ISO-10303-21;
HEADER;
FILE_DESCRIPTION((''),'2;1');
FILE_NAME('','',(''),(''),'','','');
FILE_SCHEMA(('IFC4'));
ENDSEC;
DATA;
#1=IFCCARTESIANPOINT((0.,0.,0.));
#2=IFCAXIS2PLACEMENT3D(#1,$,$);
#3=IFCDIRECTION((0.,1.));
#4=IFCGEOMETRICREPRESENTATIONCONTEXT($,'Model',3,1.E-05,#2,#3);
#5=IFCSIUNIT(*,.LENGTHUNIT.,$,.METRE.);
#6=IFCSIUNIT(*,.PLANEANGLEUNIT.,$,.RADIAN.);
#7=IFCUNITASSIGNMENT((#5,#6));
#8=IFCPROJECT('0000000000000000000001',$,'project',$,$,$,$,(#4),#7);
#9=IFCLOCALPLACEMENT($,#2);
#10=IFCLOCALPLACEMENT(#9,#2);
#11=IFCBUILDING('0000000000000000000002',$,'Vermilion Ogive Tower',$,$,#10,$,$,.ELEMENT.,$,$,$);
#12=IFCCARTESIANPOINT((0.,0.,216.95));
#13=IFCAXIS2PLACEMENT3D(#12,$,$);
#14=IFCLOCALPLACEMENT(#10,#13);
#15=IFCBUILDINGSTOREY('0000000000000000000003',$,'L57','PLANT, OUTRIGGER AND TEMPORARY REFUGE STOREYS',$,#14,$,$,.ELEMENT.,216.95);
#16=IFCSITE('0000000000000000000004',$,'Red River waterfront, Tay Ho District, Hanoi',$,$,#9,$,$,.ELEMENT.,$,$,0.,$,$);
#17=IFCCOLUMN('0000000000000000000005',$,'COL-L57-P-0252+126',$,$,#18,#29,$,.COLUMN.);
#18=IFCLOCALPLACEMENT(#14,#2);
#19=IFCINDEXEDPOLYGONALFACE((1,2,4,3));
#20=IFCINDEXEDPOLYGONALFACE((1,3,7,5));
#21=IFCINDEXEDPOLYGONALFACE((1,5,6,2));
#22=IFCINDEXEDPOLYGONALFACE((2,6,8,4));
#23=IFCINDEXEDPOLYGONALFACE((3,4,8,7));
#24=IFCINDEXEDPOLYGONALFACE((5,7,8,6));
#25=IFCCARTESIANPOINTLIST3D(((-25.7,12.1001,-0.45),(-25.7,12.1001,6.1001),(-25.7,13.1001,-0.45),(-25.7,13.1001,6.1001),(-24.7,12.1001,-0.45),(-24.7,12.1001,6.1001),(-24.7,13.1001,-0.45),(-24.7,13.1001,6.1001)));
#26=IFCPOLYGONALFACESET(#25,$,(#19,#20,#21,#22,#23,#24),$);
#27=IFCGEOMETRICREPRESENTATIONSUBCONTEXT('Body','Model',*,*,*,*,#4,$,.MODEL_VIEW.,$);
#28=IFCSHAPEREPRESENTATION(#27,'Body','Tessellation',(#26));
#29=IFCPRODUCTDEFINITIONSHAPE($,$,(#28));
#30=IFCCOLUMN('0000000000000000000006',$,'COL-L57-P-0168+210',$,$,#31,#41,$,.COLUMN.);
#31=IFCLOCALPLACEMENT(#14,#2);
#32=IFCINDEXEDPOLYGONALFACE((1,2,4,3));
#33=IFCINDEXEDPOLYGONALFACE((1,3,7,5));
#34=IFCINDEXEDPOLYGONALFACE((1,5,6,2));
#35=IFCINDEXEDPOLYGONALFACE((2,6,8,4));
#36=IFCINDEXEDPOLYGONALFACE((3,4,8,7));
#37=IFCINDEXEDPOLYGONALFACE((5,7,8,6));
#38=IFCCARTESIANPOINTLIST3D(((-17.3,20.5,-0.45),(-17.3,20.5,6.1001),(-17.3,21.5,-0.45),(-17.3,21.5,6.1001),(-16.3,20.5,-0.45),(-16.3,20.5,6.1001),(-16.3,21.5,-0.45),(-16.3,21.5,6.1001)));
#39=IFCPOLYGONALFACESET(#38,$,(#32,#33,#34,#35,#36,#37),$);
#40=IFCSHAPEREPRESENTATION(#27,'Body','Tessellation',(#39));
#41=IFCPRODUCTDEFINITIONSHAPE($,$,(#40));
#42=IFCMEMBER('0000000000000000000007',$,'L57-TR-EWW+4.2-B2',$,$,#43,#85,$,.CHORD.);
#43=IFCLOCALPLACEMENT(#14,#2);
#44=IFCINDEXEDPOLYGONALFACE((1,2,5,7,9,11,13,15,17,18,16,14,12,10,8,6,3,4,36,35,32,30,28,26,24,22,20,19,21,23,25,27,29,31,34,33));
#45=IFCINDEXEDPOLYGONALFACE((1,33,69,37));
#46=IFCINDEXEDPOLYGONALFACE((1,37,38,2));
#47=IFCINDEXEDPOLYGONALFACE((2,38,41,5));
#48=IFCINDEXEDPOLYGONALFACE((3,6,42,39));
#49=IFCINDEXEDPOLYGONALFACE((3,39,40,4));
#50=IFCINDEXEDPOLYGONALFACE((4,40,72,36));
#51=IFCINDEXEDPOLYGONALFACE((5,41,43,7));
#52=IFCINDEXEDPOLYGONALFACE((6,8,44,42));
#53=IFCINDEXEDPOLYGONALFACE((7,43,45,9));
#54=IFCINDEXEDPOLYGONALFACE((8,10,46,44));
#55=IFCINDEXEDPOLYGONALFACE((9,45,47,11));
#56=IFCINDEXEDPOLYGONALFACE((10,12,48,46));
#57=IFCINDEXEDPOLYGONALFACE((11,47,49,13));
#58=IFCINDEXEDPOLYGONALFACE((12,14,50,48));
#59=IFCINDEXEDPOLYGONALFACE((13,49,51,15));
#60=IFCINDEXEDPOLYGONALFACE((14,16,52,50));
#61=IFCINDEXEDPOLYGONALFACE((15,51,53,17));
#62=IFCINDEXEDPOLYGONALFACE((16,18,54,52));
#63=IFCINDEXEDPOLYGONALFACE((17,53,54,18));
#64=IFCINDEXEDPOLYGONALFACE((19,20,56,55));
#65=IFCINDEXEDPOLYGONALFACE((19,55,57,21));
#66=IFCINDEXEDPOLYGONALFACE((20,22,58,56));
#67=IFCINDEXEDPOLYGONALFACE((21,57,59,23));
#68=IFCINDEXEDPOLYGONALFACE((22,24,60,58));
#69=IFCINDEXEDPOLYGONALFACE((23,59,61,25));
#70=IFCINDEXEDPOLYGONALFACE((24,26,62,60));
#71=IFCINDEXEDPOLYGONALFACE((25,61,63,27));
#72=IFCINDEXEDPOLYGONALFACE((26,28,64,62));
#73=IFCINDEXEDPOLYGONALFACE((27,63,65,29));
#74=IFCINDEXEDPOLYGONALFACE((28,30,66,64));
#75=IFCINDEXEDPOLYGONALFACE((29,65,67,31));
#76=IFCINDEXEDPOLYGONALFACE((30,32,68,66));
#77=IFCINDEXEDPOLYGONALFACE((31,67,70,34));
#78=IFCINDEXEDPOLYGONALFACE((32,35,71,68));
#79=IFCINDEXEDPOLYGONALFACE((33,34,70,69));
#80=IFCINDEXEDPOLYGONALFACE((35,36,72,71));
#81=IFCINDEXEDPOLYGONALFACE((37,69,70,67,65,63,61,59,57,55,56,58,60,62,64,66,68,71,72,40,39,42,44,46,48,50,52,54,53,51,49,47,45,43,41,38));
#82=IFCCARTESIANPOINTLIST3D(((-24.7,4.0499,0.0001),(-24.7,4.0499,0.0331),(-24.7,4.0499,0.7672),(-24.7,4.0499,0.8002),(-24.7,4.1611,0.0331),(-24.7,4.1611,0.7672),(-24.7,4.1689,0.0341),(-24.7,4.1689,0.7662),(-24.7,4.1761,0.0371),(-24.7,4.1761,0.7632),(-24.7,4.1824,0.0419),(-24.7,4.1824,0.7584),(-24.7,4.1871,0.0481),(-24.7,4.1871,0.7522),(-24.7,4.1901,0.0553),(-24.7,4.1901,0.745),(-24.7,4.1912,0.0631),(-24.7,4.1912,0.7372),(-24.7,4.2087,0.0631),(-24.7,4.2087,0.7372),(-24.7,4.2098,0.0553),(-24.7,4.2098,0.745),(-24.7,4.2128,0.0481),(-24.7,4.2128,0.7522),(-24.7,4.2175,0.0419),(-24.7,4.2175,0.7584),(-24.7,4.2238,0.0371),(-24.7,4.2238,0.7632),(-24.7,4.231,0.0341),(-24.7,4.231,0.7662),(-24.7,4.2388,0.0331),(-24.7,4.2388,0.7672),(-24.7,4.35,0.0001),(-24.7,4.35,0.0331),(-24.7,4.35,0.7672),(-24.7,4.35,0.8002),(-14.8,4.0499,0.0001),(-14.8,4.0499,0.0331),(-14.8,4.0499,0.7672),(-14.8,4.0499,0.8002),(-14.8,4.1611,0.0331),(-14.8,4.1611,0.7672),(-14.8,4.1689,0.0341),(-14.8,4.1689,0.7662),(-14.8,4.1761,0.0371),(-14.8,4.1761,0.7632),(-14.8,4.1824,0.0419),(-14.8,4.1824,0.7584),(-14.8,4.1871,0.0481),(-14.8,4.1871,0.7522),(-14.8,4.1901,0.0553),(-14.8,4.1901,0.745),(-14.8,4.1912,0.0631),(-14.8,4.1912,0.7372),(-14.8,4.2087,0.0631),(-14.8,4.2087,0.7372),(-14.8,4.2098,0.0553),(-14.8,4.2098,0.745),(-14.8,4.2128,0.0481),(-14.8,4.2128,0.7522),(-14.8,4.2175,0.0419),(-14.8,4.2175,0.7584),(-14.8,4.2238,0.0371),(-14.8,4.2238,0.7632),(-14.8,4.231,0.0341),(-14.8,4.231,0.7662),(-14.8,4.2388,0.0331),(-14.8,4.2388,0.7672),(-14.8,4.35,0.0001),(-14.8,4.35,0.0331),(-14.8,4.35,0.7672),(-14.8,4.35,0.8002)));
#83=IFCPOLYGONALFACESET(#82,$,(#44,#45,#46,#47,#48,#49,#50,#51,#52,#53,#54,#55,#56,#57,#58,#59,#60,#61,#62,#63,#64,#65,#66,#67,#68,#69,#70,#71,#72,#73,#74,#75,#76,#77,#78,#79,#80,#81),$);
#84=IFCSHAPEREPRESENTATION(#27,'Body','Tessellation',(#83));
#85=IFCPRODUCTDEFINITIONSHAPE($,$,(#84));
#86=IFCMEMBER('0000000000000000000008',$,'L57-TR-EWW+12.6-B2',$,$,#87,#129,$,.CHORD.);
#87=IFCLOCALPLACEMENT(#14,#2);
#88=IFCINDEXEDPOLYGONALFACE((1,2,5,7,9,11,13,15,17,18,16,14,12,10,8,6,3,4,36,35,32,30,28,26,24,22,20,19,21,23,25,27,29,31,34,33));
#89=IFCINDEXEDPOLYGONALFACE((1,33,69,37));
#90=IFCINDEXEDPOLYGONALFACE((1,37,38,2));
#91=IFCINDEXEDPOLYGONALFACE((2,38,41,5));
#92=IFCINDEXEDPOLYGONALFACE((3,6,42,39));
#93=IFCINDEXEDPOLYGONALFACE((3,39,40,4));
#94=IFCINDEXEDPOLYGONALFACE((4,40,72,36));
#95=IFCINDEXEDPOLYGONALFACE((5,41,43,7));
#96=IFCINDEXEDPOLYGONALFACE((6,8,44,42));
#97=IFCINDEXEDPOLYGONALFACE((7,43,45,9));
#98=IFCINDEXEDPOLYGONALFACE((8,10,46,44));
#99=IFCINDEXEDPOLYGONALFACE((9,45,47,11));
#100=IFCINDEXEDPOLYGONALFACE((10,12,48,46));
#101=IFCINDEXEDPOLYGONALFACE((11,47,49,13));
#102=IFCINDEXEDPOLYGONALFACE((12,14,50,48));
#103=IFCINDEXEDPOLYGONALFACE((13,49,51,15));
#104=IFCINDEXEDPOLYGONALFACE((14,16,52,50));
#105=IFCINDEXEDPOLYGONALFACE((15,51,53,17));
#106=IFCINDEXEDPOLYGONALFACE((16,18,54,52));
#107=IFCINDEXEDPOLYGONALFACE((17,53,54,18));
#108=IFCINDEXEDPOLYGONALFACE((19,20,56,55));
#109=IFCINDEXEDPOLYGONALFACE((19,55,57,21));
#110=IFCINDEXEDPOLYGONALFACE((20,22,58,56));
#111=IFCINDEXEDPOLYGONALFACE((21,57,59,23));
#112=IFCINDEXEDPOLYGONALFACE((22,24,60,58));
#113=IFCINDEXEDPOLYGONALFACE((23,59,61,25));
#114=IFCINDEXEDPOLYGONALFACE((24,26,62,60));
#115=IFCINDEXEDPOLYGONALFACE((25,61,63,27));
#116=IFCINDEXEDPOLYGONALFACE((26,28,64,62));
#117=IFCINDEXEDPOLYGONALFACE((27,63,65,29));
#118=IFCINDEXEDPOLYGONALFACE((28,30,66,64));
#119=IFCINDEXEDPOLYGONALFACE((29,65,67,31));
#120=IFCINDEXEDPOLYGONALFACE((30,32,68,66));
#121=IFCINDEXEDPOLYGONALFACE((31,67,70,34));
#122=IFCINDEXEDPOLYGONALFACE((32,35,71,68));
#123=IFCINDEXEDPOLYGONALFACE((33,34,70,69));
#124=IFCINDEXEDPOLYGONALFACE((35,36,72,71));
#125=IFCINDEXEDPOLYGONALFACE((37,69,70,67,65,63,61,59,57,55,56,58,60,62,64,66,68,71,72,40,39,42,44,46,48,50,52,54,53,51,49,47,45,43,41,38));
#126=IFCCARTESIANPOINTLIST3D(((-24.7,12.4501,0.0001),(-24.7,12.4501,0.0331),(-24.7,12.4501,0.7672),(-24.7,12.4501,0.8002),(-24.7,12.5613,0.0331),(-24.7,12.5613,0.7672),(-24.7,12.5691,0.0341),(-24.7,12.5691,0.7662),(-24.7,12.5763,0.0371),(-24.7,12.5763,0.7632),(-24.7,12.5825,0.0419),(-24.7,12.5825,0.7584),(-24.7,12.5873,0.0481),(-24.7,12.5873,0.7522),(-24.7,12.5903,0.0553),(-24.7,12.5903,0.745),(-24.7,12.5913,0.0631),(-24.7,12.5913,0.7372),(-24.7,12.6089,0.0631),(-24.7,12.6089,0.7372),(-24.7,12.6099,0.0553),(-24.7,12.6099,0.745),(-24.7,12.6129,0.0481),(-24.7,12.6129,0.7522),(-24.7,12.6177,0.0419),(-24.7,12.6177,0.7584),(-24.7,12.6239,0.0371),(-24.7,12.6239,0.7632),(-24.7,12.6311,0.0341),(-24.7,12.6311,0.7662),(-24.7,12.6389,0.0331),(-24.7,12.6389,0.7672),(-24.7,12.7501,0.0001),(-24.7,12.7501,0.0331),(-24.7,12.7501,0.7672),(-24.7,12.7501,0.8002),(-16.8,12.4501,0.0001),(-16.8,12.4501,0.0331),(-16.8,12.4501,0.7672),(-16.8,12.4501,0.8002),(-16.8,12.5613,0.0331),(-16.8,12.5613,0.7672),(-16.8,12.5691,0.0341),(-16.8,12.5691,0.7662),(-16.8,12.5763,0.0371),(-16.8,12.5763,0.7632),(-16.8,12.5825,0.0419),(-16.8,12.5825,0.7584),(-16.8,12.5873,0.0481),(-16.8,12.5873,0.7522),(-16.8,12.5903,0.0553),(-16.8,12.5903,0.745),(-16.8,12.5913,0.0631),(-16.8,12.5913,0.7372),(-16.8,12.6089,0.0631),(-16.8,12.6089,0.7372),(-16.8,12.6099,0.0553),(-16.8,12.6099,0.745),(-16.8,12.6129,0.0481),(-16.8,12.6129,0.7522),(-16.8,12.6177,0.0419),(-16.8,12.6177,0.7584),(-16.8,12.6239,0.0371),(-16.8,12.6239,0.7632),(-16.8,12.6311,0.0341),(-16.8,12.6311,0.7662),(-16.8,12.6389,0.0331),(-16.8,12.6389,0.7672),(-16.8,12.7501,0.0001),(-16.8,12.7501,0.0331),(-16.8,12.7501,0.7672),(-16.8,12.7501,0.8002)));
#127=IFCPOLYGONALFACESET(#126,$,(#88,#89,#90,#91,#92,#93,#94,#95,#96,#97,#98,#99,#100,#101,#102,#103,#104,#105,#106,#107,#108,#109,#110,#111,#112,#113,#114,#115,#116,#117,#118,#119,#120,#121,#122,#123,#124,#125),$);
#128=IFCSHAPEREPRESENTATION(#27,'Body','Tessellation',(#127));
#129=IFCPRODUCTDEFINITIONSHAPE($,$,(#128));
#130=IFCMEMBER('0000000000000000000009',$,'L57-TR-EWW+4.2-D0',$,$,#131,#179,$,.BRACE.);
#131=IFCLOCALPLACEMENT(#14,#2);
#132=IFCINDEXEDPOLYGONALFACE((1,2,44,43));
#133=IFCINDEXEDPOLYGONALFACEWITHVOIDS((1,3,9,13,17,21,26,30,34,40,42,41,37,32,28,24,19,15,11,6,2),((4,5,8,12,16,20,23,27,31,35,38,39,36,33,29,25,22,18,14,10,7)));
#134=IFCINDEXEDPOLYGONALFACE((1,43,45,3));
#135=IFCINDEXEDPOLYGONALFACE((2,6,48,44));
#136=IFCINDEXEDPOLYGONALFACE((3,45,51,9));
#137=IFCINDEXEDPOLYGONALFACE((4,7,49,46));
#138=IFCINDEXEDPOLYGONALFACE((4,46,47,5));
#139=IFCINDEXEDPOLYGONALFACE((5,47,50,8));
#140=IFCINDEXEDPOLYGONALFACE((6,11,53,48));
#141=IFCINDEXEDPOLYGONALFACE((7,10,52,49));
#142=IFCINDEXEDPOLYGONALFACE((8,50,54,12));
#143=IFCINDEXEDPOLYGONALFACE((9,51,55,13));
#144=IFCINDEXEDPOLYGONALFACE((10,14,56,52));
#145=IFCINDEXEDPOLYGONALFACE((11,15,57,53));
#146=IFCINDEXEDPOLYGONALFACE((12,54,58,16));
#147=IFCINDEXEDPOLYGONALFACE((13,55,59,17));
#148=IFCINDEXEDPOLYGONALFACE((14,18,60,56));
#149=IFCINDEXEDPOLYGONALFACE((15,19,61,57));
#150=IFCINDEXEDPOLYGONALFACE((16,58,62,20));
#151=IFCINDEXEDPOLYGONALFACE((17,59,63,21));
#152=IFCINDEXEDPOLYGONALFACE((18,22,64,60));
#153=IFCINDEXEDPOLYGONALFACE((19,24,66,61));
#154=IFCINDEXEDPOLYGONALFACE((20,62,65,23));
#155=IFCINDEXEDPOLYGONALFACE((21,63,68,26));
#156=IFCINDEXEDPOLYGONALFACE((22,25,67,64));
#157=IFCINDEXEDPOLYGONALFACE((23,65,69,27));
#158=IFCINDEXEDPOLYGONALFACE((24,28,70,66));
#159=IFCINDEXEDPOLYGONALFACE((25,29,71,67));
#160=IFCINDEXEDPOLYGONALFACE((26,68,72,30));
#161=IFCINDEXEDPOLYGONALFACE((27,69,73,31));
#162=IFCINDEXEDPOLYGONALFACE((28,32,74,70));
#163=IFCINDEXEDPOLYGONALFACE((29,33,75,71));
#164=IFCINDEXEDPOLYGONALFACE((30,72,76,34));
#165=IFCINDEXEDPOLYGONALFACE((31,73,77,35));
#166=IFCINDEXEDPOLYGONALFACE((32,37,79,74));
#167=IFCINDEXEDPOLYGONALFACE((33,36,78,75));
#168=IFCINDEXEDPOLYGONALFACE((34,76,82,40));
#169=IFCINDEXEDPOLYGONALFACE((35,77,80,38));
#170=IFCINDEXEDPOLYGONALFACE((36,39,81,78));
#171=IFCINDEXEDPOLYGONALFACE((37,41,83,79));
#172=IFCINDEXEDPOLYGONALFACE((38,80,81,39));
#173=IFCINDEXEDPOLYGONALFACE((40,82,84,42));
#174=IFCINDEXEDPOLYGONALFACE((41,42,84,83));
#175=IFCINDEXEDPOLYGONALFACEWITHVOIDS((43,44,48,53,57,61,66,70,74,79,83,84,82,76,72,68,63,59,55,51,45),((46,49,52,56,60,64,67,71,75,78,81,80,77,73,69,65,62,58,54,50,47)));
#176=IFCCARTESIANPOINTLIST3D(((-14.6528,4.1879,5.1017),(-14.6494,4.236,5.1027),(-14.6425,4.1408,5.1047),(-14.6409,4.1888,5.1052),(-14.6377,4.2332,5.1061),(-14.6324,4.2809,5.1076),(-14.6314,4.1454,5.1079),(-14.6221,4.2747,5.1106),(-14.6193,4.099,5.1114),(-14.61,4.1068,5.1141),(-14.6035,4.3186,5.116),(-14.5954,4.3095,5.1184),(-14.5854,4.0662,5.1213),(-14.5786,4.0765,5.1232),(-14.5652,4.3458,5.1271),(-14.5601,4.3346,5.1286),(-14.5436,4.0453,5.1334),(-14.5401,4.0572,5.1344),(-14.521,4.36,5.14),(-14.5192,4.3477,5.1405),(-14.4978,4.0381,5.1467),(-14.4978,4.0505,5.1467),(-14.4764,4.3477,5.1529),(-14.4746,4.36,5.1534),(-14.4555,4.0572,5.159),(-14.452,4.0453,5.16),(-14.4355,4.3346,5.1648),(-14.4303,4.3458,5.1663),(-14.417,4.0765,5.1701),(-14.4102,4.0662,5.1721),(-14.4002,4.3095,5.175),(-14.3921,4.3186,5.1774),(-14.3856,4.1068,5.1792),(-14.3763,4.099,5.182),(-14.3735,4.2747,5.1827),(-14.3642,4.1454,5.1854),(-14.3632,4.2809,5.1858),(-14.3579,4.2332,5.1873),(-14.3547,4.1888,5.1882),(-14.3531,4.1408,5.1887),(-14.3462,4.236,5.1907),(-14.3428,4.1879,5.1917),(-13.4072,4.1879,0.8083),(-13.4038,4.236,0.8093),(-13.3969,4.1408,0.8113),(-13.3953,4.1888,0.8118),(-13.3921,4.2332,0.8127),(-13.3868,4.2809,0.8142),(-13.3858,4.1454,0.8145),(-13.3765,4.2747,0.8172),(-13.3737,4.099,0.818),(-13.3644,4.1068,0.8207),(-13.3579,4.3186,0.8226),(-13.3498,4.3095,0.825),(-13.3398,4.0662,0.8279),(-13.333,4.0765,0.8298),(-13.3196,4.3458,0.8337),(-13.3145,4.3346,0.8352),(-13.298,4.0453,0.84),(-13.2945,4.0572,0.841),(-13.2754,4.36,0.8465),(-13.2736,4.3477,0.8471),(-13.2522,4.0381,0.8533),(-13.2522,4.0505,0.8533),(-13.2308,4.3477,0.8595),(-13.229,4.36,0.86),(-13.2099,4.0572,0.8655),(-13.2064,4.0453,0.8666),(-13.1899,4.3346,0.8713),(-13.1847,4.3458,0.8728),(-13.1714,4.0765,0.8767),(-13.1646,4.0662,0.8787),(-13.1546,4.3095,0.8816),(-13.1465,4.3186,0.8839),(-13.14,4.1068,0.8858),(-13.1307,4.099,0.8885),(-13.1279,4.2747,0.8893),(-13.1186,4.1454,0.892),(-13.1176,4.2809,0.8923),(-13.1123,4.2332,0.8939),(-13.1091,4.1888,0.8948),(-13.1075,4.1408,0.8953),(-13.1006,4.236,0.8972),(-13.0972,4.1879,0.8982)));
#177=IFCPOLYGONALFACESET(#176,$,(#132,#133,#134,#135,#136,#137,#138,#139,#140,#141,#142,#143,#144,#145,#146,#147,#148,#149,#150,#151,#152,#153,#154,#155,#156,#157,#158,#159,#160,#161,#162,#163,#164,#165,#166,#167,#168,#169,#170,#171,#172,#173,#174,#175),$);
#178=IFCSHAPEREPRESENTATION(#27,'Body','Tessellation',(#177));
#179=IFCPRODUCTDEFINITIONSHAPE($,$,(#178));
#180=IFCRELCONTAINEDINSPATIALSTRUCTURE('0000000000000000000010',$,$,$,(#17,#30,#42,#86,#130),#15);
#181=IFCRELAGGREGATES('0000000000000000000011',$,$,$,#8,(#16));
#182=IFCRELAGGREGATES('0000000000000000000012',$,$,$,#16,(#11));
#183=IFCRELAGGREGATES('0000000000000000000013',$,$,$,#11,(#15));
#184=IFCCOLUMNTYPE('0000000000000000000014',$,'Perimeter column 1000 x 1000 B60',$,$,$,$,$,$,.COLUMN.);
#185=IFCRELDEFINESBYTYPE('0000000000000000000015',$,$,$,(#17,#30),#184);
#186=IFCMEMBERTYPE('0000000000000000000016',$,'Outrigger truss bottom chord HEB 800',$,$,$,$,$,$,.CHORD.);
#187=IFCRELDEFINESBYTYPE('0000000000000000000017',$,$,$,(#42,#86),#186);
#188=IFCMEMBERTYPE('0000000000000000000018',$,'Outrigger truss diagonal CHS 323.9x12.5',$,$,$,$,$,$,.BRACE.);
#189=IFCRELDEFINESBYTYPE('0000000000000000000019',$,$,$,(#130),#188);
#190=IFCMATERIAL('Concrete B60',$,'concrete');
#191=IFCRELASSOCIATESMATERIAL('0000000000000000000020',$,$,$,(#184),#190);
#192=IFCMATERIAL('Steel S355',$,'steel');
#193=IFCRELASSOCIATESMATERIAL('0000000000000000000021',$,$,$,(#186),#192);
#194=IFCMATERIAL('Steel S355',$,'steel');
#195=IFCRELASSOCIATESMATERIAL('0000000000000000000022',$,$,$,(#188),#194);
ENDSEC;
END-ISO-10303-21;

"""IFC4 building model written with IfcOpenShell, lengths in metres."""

from ifc_helpers import new_model, si_unit, direction, frame, origin, origin_2d, place, context, subcontext, project, spatial, rectangle, hollow_circle, i_section, extrude, material, material_profile, profile_set, type_object, element, save


model = new_model("IFC4")

# Units and contexts
model_context = context("Model", 3, precision=1e-05, world=origin(), true_north=direction((0.0, 1.0)))
body_context = subcontext(model_context, "Body", "Model", "MODEL_VIEW")
ifc_project = project(units=[si_unit("LENGTHUNIT", "METRE"), si_unit("PLANEANGLEUNIT", "RADIAN")], contexts=[model_context])

# Site, building, storey
site_placement = place(None, origin())
site = spatial("IfcSite", under=ifc_project, at=site_placement, Name="Red River waterfront, Tay Ho District, Hanoi", CompositionType="ELEMENT", RefElevation=0.0)
building_placement = place(site_placement, origin())
building = spatial("IfcBuilding", under=site, at=building_placement, Name="Vermilion Ogive Tower", CompositionType="ELEMENT")
storey_placement = place(building_placement, frame((0.0, 0.0, 216.95)))
storey = spatial("IfcBuildingStorey", under=building, at=storey_placement, Name="L57", Description="PLANT, OUTRIGGER AND TEMPORARY REFUGE STOREYS", CompositionType="ELEMENT", Elevation=216.95)

# Columns
ifc_material_1 = material(Name="Concrete B60", Category="concrete")
ifc_material_profile_1 = material_profile(ifc_material_1, rectangle(XDim=1.0, YDim=1.0, at=origin_2d()), Name="1000 x 1000")
ifc_profile_set_1 = profile_set([ifc_material_profile_1], Name="Concrete B60")
column_type = type_object("IfcColumnType", Name="Perimeter column 1000 x 1000 B60", PredefinedType="COLUMN", material=ifc_profile_set_1)
for number, where, z_axis, x_axis, name in (
    (1, (-25.2, 12.6001, -0.45), (0.0, 0.0, 1.0), (1.0, 0.0, 0.0), "COL-L57-P-0252+126"),
    (2, (-16.8, 21.0, -0.45), (0.0, 0.0, 1.0), (1.0, 0.0, 0.0), "COL-L57-P-0168+210"),
):
    element("IfcColumn", number, at=place(storey_placement, frame(where, z_axis=z_axis, x_axis=x_axis)), inside=storey, type_object=column_type, Name=name, PredefinedType="COLUMN", context=body_context, shape_type="SweptSolid", body=[
        extrude(rectangle(XDim=1.0, YDim=1.0, at=origin_2d()), origin(), (0.0, 0.0, 1.0), 6.55),
    ])

# Members
ifc_material_2 = material(Name="Steel S355", Category="steel")
ifc_material_profile_2 = material_profile(ifc_material_2, i_section(OverallWidth=0.3, OverallDepth=0.8, WebThickness=0.0176, FlangeThickness=0.033, FilletRadius=0.03, at=origin_2d()), Name="HEB 800")
ifc_profile_set_2 = profile_set([ifc_material_profile_2], Name="Steel S355")
member_type_1 = type_object("IfcMemberType", Name="Outrigger truss bottom chord HEB 800", PredefinedType="CHORD", material=ifc_profile_set_2)
member_1_placement = place(storey_placement, frame((-14.8, 4.2, 0.4001), z_axis=(-1.0, 0.0, 0.0), x_axis=(0.0, -1.0, 0.0)))
element("IfcMember", 3, at=member_1_placement, inside=storey, type_object=member_type_1, Name="L57-TR-EWW+4.2-B2", PredefinedType="CHORD", context=body_context, shape_type="SweptSolid", body=[
    extrude(i_section(OverallWidth=0.3, OverallDepth=0.8, WebThickness=0.0176, FlangeThickness=0.033, FilletRadius=0.03, at=origin_2d()), origin(), (0.0, 0.0, 1.0), 9.8999),
])
member_2_placement = place(storey_placement, frame((-16.8, 12.6001, 0.4001), z_axis=(-1.0, 0.0, 0.0), x_axis=(0.0, -1.0, 0.0)))
element("IfcMember", 4, at=member_2_placement, inside=storey, type_object=member_type_1, Name="L57-TR-EWW+12.6-B2", PredefinedType="CHORD", context=body_context, shape_type="SweptSolid", body=[
    extrude(i_section(OverallWidth=0.3, OverallDepth=0.8, WebThickness=0.0176, FlangeThickness=0.033, FilletRadius=0.03, at=origin_2d()), origin(), (0.0, 0.0, 1.0), 7.8999),
])
ifc_material_3 = material(Name="Steel S355", Category="steel")
ifc_material_profile_3 = material_profile(ifc_material_3, hollow_circle(Radius=0.1619, WallThickness=0.0125, at=origin_2d()), Name="CHS 323.9x12.5")
ifc_profile_set_3 = profile_set([ifc_material_profile_3], Name="Steel S355")
member_type_2 = type_object("IfcMemberType", Name="Outrigger truss diagonal CHS 323.9x12.5", PredefinedType="BRACE", material=ifc_profile_set_3)
member_3_placement = place(storey_placement, frame((-13.2522, 4.2, 0.8533), z_axis=(-0.278628, 0.0, 0.960399), x_axis=(0.0, -1.0, 0.0)))
element("IfcMember", 5, at=member_3_placement, inside=storey, type_object=member_type_2, Name="L57-TR-EWW+4.2-D0", PredefinedType="BRACE", context=body_context, shape_type="SweptSolid", body=[
    extrude(hollow_circle(Radius=0.1619, WallThickness=0.0125, at=origin_2d()), origin(), (0.0, 0.0, 1.0), 4.4705),
])

save(model, "model.ifc")
